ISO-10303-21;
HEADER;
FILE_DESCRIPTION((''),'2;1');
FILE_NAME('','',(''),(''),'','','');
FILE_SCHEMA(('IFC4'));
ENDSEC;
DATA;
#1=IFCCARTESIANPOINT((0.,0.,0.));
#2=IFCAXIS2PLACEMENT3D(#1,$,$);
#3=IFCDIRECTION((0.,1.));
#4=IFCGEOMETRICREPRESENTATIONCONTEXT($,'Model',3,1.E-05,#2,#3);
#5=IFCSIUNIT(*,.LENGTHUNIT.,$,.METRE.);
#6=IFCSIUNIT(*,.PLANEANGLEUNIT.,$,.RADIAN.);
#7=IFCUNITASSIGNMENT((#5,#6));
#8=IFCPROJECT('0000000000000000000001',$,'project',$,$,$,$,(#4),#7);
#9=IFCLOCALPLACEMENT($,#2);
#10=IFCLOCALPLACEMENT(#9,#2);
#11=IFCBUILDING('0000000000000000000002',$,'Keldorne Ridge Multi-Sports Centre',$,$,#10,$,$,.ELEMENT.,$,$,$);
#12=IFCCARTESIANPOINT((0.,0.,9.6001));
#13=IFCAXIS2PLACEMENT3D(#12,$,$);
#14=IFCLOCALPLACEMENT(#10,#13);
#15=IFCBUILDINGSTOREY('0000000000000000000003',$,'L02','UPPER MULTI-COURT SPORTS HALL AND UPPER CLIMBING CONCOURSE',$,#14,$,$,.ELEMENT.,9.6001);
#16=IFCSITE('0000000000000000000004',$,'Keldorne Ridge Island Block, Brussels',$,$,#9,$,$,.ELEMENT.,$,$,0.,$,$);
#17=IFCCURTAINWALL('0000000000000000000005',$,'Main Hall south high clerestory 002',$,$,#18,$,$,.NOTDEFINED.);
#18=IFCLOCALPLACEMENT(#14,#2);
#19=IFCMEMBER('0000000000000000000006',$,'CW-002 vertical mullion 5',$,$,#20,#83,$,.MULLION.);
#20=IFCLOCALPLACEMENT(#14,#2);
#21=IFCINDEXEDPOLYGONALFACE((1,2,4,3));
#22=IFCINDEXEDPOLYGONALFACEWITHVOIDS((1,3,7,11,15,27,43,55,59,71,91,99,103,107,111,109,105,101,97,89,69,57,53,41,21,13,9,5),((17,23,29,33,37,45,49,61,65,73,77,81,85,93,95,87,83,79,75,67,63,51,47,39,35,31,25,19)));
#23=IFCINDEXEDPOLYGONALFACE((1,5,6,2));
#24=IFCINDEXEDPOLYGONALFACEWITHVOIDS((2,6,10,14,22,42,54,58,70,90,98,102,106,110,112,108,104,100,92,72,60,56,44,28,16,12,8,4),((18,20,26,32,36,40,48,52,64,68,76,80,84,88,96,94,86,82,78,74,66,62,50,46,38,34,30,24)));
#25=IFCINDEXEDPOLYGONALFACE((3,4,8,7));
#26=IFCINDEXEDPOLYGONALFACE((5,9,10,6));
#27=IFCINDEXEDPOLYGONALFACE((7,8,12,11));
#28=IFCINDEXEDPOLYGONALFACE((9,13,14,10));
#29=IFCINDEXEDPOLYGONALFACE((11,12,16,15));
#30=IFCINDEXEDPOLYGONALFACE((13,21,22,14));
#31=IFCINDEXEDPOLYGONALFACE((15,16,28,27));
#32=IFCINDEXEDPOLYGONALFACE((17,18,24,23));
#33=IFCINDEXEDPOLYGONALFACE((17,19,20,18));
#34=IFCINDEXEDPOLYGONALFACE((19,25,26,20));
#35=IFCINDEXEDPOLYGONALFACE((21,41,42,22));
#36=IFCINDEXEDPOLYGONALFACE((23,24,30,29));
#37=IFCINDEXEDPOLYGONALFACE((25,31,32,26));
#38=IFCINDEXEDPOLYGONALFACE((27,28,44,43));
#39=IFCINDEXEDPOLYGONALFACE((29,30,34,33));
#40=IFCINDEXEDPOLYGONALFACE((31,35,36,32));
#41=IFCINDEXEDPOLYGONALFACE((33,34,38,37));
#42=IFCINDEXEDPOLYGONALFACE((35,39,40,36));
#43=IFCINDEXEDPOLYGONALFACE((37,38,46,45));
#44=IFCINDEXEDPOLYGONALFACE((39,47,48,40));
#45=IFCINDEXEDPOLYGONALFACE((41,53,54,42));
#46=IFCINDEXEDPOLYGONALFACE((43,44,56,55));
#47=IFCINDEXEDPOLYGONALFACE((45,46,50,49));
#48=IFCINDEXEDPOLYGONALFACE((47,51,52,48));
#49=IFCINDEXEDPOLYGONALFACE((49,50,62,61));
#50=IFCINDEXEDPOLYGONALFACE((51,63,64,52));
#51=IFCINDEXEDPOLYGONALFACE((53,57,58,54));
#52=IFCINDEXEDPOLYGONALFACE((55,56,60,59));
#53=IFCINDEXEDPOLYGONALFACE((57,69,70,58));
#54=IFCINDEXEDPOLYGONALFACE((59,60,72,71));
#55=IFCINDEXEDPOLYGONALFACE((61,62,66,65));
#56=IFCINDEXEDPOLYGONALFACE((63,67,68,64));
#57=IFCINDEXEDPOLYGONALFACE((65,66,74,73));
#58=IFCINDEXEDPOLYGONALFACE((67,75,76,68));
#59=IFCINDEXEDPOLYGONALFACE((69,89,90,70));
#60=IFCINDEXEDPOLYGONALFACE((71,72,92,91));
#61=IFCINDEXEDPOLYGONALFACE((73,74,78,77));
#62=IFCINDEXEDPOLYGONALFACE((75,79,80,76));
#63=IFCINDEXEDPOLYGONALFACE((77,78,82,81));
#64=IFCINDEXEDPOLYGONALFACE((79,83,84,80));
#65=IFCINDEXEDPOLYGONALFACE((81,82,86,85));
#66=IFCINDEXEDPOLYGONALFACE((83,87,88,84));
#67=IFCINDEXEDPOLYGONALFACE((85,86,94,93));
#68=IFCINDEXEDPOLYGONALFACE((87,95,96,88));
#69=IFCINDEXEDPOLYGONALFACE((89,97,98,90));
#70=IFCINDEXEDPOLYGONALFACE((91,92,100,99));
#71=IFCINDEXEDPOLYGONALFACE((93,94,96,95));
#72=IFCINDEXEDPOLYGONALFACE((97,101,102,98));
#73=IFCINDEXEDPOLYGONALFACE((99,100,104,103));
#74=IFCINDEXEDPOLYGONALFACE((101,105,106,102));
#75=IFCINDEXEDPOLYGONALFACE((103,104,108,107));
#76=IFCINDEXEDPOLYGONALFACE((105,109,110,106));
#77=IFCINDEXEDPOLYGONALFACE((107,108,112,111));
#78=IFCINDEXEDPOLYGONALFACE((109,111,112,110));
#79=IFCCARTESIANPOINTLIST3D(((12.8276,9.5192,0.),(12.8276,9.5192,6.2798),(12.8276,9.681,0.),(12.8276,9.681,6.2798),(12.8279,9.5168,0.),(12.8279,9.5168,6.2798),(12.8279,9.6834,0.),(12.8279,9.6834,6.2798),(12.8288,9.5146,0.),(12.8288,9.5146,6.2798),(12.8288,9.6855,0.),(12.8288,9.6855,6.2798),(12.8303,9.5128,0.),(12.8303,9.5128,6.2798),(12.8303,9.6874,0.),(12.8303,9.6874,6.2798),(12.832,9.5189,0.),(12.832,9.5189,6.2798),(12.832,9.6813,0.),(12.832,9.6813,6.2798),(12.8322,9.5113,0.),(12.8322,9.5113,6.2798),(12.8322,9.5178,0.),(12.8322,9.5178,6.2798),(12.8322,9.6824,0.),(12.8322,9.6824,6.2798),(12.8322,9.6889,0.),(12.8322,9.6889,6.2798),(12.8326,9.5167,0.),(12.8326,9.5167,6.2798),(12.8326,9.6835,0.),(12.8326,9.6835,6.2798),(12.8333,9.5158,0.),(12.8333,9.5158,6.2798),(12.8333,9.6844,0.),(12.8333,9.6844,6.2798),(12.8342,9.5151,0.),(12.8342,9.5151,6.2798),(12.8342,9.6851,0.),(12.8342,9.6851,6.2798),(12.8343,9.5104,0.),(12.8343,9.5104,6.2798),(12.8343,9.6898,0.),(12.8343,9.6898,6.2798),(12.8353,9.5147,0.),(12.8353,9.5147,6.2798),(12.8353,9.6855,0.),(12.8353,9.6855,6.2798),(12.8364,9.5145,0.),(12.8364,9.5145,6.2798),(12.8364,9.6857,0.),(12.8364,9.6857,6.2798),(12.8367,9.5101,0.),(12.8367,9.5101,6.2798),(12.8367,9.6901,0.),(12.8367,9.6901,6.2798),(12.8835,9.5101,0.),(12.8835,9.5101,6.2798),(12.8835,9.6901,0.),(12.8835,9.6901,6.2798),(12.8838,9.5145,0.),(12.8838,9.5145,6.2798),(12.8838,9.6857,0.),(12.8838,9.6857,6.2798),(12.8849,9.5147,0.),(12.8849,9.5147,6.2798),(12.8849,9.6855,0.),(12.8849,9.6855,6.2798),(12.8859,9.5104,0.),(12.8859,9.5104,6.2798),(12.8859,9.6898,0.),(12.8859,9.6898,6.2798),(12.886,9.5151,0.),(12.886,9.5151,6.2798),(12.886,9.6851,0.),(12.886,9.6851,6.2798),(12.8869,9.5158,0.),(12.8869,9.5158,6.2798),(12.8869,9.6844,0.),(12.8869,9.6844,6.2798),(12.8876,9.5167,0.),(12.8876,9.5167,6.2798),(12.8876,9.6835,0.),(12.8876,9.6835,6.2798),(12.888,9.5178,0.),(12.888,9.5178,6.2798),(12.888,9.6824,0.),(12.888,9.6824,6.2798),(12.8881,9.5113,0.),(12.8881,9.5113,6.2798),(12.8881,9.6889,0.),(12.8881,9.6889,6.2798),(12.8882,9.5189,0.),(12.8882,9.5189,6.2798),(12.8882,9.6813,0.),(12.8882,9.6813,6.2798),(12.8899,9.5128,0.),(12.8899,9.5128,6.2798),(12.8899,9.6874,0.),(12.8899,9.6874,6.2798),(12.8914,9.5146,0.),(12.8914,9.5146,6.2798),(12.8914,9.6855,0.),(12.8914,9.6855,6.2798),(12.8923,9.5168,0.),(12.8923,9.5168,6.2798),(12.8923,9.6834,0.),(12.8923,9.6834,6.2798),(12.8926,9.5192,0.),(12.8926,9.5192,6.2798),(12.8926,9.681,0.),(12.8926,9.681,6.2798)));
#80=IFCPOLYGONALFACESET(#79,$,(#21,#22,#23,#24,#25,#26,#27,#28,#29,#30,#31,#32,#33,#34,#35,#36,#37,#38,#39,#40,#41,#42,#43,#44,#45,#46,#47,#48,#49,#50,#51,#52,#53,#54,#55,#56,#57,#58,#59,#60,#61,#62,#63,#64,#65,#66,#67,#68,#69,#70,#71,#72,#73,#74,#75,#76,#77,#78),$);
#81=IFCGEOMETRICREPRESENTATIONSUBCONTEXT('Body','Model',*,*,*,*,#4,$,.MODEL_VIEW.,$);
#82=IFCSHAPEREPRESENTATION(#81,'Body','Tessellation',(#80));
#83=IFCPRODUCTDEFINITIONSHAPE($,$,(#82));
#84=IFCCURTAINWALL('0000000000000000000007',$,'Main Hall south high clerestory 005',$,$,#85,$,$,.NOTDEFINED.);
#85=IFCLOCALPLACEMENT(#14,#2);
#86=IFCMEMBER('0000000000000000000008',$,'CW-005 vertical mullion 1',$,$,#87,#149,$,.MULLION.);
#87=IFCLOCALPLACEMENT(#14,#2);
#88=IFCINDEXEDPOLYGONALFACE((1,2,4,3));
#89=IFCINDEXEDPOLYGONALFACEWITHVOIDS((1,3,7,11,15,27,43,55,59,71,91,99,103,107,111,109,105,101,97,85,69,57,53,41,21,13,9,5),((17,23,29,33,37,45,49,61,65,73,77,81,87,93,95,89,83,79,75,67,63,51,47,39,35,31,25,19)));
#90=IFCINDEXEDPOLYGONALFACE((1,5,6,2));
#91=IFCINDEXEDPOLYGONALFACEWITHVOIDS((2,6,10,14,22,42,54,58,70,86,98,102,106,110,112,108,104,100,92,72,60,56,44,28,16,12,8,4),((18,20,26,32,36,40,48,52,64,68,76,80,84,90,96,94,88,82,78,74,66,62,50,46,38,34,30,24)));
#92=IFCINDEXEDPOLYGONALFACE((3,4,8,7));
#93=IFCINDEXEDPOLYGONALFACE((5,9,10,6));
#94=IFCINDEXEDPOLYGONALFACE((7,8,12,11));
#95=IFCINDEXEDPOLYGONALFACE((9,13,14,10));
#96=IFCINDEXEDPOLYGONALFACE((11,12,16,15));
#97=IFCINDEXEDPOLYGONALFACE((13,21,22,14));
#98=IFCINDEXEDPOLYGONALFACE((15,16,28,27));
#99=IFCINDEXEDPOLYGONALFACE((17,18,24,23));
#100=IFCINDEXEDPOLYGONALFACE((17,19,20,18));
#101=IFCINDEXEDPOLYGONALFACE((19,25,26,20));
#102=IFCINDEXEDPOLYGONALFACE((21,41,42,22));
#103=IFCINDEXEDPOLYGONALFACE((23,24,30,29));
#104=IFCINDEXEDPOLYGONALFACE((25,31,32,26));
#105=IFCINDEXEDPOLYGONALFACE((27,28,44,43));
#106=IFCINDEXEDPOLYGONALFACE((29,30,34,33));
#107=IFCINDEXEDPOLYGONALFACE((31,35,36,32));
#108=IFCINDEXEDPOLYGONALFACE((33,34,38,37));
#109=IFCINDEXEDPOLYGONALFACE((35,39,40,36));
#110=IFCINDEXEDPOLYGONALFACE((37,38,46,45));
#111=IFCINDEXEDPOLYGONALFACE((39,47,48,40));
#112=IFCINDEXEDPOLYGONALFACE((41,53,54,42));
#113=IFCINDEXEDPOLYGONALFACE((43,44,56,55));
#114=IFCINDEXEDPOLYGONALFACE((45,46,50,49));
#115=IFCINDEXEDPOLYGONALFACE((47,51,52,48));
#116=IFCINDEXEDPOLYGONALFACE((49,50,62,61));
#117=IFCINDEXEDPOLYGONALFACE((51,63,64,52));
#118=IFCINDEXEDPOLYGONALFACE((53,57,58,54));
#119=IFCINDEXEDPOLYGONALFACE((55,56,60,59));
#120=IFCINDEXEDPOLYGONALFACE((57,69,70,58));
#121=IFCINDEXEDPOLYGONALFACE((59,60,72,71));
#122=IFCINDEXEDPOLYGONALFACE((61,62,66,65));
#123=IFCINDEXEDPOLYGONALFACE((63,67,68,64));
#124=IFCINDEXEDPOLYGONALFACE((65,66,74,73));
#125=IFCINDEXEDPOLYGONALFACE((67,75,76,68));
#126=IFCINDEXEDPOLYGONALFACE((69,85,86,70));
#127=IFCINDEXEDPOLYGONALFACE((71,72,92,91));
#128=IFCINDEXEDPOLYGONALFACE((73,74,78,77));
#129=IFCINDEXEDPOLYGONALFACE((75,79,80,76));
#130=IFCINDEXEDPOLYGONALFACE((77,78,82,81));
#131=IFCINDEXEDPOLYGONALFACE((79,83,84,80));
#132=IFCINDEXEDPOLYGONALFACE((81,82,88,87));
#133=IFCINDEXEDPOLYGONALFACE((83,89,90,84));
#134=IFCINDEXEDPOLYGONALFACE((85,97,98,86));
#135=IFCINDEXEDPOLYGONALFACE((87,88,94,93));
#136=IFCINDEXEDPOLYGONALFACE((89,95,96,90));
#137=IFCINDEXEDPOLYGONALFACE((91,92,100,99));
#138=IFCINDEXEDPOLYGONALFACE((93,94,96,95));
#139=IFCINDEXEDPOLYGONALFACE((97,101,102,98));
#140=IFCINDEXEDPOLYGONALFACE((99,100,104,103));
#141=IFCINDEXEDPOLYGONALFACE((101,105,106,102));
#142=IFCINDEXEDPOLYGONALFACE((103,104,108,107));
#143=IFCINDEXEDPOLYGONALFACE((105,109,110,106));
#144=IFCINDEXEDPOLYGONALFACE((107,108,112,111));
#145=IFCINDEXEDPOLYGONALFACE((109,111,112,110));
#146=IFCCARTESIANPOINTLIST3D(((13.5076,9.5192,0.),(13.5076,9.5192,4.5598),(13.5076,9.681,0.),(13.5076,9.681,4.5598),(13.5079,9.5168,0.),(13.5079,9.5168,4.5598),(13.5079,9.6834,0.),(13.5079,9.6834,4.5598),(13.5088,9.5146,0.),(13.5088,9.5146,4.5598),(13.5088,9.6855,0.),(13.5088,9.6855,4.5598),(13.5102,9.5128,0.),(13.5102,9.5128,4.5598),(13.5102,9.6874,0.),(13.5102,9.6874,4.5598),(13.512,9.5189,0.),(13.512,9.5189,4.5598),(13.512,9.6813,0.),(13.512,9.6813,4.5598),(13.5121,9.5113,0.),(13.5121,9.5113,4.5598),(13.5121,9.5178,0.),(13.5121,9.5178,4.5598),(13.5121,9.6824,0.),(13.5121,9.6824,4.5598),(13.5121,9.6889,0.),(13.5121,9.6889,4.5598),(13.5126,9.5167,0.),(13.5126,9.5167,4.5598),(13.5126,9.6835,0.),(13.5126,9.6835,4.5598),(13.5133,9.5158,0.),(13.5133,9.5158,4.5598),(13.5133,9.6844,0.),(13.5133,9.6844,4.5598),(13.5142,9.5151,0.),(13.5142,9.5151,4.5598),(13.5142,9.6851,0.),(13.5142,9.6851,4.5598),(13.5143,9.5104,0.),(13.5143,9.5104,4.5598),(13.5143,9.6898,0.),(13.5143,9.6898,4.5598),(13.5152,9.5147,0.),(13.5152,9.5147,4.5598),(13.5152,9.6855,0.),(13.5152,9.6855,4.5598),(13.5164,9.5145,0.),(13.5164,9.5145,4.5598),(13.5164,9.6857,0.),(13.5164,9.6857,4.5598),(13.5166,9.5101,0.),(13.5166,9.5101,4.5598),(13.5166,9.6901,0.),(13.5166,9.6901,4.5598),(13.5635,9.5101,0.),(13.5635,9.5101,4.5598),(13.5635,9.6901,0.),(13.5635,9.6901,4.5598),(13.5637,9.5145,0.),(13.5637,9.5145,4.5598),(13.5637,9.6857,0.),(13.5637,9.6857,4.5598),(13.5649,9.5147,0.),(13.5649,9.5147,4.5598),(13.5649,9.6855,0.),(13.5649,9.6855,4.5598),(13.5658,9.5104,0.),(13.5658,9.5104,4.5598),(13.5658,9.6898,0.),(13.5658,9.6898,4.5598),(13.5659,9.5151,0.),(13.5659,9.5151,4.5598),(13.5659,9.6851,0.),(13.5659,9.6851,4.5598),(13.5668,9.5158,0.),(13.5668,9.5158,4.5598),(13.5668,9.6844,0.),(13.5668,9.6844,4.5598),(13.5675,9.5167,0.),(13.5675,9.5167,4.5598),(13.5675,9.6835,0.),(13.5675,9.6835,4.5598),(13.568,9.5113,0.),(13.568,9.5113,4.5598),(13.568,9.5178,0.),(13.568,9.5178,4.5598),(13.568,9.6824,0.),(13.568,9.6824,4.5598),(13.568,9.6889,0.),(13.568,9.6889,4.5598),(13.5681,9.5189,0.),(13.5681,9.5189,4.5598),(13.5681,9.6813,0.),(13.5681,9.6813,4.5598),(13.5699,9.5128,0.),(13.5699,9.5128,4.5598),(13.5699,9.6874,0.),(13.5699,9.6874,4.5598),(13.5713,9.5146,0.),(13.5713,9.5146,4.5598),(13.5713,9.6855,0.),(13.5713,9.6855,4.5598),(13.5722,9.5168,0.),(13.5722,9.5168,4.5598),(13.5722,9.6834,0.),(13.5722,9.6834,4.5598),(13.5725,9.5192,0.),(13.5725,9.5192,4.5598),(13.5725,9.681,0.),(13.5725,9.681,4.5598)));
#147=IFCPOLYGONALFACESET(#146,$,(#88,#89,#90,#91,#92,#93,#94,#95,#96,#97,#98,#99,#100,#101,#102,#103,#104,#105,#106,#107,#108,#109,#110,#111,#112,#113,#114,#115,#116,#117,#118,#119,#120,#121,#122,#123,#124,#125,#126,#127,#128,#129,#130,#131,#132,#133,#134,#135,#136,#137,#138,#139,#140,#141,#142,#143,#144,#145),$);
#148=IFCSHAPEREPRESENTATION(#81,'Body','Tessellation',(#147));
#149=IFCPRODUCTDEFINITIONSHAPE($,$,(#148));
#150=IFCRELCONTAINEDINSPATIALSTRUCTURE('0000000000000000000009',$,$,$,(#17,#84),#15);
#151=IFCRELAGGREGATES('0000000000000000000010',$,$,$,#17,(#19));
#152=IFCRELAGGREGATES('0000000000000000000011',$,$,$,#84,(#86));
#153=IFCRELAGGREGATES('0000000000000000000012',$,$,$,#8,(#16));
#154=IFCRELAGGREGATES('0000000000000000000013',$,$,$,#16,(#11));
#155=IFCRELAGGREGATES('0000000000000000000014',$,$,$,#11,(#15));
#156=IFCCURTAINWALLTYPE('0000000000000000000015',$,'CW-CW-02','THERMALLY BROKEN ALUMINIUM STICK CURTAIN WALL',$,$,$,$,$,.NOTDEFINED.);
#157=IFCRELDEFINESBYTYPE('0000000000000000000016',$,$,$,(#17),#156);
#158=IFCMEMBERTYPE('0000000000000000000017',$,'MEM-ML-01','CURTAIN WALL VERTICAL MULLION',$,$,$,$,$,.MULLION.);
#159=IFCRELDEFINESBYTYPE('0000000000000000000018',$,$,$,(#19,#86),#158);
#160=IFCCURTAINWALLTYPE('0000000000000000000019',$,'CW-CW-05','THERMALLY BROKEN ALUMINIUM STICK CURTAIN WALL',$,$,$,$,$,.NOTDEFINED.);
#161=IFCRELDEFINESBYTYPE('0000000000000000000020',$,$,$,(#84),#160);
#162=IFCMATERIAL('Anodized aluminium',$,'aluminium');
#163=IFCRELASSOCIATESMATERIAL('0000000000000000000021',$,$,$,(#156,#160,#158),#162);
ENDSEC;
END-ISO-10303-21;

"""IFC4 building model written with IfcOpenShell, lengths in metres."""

from ifc_helpers import new_model, si_unit, direction, frame, origin, origin_2d, place, context, subcontext, project, spatial, hollow_rectangle, extrude, material, material_profile, profile_set, type_object, element, aggregate, save


model = new_model("IFC4")

# Units and contexts
model_context = context("Model", 3, precision=1e-05, world=origin(), true_north=direction((0.0, 1.0)))
body_context = subcontext(model_context, "Body", "Model", "MODEL_VIEW")
ifc_project = project(units=[si_unit("LENGTHUNIT", "METRE"), si_unit("PLANEANGLEUNIT", "RADIAN")], contexts=[model_context])

# Site, building, storey
site_placement = place(None, origin())
site = spatial("IfcSite", under=ifc_project, at=site_placement, Name="Keldorne Ridge Island Block, Brussels", CompositionType="ELEMENT", RefElevation=0.0)
building_placement = place(site_placement, origin())
building = spatial("IfcBuilding", under=site, at=building_placement, Name="Keldorne Ridge Multi-Sports Centre", CompositionType="ELEMENT")
storey_placement = place(building_placement, frame((0.0, 0.0, 9.6001)))
storey = spatial("IfcBuildingStorey", under=building, at=storey_placement, Name="L02", Description="UPPER MULTI-COURT SPORTS HALL AND UPPER CLIMBING CONCOURSE", CompositionType="ELEMENT", Elevation=9.6001)

# Curtain walls, members
ifc_material_1 = material(Name="Anodized aluminium", Category="aluminium")
curtain_wall_type_1 = type_object("IfcCurtainWallType", Name="CW-CW-02", Description="THERMALLY BROKEN ALUMINIUM STICK CURTAIN WALL", PredefinedType="NOTDEFINED", material=ifc_material_1)
curtain_wall_1_placement = place(storey_placement, origin())
curtain_wall_1 = element("IfcCurtainWall", 1, at=curtain_wall_1_placement, inside=storey, type_object=curtain_wall_type_1, Name="Main Hall south high clerestory 002", PredefinedType="NOTDEFINED")
ifc_material_profile_1 = material_profile(ifc_material_1, hollow_rectangle(XDim=0.0649, YDim=0.1799, WallThickness=0.0044, InnerFilletRadius=0.0044, OuterFilletRadius=0.009, at=origin_2d()), Name="ALU MULLION 180x65x4.5")
ifc_profile_set_1 = profile_set([ifc_material_profile_1], Name="Anodized aluminium")
member_type_1 = type_object("IfcMemberType", Name="MEM-ML-01", Description="CURTAIN WALL VERTICAL MULLION", PredefinedType="MULLION", material=ifc_profile_set_1)
member_1_placement = place(storey_placement, frame((12.8601, 9.6001, 0.0), z_axis=(0.0, 0.0, 1.0), x_axis=(1.0, 0.0, 0.0)))
member_1 = element("IfcMember", 2, at=member_1_placement, type_object=member_type_1, Name="CW-002 vertical mullion 5", PredefinedType="MULLION", context=body_context, shape_type="SweptSolid", body=[
    extrude(hollow_rectangle(XDim=0.0649, YDim=0.1799, WallThickness=0.0044, InnerFilletRadius=0.0044, OuterFilletRadius=0.009, at=origin_2d()), origin(), (0.0, 0.0, 1.0), 6.2798),
])
curtain_wall_type_2 = type_object("IfcCurtainWallType", Name="CW-CW-05", Description="THERMALLY BROKEN ALUMINIUM STICK CURTAIN WALL", PredefinedType="NOTDEFINED", material=ifc_material_1)
curtain_wall_2_placement = place(storey_placement, origin())
curtain_wall_2 = element("IfcCurtainWall", 3, at=curtain_wall_2_placement, inside=storey, type_object=curtain_wall_type_2, Name="Main Hall south high clerestory 005", PredefinedType="NOTDEFINED")
member_2_placement = place(storey_placement, frame((13.54, 9.6001, 0.0), z_axis=(0.0, 0.0, 1.0), x_axis=(1.0, 0.0, 0.0)))
member_2 = element("IfcMember", 4, at=member_2_placement, type_object=member_type_1, Name="CW-005 vertical mullion 1", PredefinedType="MULLION", context=body_context, shape_type="SweptSolid", body=[
    extrude(hollow_rectangle(XDim=0.0649, YDim=0.1799, WallThickness=0.0044, InnerFilletRadius=0.0044, OuterFilletRadius=0.009, at=origin_2d()), origin(), (0.0, 0.0, 1.0), 4.5598),
])

aggregate(curtain_wall_1, [member_1])
aggregate(curtain_wall_2, [member_2])

save(model, "model.ifc")
